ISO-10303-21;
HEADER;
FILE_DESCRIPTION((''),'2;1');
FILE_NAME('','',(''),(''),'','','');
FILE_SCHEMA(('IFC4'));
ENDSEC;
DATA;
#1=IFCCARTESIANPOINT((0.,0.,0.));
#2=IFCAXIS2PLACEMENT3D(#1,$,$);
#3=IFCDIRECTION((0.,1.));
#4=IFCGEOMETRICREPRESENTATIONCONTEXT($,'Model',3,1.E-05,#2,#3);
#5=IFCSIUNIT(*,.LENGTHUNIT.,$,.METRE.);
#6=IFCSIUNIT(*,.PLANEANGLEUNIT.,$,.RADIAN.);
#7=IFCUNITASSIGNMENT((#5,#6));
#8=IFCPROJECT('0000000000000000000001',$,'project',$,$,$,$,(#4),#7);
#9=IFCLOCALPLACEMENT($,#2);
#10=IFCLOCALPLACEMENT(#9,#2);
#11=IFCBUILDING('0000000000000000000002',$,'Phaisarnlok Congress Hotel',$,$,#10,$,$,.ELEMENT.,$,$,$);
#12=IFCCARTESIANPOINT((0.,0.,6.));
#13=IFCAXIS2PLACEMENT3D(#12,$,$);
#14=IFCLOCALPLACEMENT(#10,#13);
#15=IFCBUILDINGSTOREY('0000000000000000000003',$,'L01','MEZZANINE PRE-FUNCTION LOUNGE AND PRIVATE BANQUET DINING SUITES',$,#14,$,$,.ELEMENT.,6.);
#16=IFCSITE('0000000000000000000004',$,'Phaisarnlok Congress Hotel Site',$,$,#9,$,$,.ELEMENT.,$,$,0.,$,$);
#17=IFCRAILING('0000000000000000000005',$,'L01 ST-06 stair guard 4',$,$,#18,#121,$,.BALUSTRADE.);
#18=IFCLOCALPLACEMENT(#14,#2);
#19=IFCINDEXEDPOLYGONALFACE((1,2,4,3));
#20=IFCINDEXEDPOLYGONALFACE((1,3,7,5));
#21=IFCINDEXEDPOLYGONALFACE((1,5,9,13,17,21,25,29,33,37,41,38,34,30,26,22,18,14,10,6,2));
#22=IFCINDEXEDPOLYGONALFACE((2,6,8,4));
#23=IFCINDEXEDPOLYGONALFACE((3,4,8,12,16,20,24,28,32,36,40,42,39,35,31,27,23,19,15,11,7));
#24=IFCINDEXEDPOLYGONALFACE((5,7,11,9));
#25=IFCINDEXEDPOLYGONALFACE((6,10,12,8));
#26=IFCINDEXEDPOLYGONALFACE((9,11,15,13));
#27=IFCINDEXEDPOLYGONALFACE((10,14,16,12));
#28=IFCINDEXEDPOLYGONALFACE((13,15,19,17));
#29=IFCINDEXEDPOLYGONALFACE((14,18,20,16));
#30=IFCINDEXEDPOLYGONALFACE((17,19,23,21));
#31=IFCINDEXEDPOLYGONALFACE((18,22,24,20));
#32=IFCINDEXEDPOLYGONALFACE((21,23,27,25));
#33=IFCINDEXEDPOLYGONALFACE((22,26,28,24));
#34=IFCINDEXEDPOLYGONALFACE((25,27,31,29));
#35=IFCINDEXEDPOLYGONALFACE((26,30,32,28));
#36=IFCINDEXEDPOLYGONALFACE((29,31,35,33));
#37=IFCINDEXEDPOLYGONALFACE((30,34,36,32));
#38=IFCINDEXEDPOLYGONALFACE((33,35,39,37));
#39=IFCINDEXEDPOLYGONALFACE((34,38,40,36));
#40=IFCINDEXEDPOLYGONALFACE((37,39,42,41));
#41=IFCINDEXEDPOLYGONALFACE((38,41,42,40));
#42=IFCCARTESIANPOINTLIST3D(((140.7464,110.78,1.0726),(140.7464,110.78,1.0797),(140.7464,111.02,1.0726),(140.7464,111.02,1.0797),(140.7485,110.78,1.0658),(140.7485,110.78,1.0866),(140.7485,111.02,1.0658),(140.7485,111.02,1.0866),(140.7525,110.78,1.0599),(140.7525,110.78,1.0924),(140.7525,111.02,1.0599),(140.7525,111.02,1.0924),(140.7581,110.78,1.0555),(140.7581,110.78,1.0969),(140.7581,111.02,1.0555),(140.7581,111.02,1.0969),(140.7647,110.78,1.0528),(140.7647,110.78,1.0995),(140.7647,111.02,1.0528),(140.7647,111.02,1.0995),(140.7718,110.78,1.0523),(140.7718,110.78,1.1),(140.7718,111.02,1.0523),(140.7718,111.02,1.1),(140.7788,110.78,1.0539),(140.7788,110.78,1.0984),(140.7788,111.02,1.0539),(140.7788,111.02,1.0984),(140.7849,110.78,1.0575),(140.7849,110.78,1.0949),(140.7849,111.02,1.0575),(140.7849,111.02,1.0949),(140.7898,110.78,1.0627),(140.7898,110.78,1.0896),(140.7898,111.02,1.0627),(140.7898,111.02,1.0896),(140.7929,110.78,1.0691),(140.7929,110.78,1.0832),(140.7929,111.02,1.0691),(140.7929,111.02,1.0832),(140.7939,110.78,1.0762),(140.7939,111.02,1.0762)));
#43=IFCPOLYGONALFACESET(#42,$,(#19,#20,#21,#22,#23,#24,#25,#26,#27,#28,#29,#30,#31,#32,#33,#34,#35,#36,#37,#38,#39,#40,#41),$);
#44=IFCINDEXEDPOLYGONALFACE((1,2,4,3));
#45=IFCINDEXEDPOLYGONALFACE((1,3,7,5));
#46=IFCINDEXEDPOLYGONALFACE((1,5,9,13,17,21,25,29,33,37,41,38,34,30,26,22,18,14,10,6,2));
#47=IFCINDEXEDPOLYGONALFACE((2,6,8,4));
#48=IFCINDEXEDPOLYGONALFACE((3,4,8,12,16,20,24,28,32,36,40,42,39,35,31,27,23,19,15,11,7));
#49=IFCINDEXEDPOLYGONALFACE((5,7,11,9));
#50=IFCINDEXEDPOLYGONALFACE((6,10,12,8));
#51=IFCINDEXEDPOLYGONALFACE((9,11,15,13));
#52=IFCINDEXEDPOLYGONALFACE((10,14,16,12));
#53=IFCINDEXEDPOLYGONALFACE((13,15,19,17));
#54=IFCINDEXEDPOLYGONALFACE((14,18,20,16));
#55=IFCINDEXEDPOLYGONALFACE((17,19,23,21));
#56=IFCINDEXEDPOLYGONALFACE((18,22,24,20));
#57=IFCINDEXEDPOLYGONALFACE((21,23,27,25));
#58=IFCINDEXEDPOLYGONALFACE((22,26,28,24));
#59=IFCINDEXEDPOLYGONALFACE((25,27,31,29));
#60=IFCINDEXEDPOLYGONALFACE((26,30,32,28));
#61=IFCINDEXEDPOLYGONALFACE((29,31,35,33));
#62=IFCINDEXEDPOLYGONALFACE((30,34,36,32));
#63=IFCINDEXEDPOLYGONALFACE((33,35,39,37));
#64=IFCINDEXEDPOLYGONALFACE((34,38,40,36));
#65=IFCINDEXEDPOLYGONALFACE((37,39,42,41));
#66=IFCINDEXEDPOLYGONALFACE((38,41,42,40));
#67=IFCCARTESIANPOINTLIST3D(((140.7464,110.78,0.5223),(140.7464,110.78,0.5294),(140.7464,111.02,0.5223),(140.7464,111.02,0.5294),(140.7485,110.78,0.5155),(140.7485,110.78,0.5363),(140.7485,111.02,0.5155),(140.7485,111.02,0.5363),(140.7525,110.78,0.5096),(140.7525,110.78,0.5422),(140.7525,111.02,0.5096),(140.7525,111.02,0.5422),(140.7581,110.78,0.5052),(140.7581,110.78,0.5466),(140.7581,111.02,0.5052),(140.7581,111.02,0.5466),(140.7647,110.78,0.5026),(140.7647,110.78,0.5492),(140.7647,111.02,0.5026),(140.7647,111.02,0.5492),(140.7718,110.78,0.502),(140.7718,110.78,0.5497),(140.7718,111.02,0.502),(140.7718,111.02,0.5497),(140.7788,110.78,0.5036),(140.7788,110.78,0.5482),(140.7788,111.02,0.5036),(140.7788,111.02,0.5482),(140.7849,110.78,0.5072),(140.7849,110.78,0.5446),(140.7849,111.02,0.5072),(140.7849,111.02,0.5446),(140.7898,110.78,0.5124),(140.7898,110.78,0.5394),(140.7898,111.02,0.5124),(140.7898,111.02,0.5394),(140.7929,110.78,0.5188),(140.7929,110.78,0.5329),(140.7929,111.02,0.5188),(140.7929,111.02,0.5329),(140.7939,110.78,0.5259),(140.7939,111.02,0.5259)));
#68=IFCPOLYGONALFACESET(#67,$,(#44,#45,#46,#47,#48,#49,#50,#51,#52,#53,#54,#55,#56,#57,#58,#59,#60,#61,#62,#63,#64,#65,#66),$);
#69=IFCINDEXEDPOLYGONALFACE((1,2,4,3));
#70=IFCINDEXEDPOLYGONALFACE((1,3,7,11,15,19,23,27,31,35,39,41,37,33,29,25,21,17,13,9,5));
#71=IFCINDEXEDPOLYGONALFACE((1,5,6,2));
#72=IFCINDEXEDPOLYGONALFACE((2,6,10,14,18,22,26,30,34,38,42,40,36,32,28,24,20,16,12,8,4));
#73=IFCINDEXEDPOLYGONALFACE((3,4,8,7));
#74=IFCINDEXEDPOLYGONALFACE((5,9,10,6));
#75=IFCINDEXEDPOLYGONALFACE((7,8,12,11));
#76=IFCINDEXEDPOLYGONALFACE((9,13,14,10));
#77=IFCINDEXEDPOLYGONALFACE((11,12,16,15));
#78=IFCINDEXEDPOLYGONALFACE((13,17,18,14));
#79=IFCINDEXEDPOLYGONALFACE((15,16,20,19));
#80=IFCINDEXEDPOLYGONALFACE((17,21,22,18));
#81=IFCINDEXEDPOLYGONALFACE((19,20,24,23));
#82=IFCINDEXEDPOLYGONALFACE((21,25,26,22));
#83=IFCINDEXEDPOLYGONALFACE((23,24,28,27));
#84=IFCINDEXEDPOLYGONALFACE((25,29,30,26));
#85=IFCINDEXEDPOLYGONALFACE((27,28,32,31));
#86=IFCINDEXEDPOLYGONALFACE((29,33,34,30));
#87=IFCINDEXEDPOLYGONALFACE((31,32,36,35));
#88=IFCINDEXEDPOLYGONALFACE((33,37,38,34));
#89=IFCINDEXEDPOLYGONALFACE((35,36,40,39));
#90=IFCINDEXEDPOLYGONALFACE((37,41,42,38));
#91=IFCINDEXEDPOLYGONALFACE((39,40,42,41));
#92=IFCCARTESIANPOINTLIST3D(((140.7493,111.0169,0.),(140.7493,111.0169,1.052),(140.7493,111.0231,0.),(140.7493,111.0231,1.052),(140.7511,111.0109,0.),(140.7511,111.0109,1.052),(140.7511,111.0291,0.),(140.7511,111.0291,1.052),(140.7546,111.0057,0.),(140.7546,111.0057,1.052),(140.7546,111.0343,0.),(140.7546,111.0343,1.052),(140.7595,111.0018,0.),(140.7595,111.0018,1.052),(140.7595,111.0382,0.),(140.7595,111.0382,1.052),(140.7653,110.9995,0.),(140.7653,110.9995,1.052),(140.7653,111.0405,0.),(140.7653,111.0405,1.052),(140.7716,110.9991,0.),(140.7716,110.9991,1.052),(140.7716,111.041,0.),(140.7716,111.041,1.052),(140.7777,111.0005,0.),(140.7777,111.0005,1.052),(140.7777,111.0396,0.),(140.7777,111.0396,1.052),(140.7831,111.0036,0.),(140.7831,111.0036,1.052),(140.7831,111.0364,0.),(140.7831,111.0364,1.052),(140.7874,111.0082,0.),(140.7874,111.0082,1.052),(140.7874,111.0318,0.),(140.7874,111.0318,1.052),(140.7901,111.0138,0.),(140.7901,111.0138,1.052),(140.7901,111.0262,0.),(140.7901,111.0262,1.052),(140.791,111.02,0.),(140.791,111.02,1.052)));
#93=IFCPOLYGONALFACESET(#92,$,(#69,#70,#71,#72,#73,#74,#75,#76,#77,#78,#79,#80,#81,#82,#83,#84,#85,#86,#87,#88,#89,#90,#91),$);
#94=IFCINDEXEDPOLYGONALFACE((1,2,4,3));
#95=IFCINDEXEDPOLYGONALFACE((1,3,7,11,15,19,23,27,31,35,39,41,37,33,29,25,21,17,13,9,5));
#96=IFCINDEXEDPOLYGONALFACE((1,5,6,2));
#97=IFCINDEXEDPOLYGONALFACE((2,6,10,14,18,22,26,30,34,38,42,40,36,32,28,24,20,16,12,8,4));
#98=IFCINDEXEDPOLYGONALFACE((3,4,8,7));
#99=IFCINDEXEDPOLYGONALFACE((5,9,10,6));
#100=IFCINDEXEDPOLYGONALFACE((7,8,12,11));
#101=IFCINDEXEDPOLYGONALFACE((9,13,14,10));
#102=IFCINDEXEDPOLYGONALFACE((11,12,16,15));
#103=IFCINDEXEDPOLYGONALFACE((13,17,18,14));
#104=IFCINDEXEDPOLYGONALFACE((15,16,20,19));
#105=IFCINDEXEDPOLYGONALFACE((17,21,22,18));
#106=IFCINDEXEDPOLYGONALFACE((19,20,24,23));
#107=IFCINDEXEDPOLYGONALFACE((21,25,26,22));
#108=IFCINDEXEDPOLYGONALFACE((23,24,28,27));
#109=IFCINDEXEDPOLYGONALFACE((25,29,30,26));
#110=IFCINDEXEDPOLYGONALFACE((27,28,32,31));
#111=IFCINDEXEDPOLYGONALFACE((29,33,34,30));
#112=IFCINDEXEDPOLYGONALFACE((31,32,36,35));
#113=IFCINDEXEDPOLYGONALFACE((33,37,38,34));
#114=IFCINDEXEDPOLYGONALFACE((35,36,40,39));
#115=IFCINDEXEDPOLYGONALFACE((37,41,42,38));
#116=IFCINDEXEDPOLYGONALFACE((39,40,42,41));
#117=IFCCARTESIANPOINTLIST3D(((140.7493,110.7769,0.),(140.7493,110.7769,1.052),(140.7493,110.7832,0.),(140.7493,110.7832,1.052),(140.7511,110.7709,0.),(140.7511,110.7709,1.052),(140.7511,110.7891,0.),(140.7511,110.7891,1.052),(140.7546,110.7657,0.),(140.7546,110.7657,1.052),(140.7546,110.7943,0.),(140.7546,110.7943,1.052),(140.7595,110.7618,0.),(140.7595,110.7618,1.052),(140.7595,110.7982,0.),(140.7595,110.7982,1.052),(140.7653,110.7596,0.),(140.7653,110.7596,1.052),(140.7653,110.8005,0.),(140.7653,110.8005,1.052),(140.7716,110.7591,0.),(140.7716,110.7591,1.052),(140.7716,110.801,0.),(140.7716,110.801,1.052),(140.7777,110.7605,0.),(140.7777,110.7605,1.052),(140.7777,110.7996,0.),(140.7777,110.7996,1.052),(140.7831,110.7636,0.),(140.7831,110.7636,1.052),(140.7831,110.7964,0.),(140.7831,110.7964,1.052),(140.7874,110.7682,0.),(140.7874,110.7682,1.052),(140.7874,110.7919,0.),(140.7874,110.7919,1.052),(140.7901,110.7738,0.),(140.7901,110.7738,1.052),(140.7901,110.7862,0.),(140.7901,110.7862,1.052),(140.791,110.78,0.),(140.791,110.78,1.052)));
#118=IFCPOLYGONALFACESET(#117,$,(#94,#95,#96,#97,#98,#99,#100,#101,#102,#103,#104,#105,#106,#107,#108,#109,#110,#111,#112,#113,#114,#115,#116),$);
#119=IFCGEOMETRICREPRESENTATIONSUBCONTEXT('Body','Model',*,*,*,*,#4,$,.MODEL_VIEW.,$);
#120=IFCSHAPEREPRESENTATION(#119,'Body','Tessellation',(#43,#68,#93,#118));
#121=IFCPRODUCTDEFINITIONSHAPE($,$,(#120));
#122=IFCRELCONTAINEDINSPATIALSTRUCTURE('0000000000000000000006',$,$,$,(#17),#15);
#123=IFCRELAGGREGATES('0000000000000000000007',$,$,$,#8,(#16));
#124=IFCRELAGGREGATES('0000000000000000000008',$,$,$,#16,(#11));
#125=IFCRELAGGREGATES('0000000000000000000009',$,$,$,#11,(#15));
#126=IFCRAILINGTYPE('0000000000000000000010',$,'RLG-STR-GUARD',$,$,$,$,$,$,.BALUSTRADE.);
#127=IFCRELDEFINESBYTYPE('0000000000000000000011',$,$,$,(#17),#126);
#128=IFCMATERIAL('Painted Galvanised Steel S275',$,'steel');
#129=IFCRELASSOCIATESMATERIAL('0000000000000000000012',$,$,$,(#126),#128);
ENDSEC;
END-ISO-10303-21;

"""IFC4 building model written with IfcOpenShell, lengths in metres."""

from ifc_helpers import new_model, si_unit, direction, frame, origin, origin_2d, place, context, subcontext, project, spatial, circle, extrude, material, type_object, element, save


model = new_model("IFC4")

# Units and contexts
model_context = context("Model", 3, precision=1e-05, world=origin(), true_north=direction((0.0, 1.0)))
body_context = subcontext(model_context, "Body", "Model", "MODEL_VIEW")
ifc_project = project(units=[si_unit("LENGTHUNIT", "METRE"), si_unit("PLANEANGLEUNIT", "RADIAN")], contexts=[model_context])

# Site, building, storey
site_placement = place(None, origin())
site = spatial("IfcSite", under=ifc_project, at=site_placement, Name="Phaisarnlok Congress Hotel Site", CompositionType="ELEMENT", RefElevation=0.0)
building_placement = place(site_placement, origin())
building = spatial("IfcBuilding", under=site, at=building_placement, Name="Phaisarnlok Congress Hotel", CompositionType="ELEMENT")
storey_placement = place(building_placement, frame((0.0, 0.0, 6.0)))
storey = spatial("IfcBuildingStorey", under=building, at=storey_placement, Name="L01", Description="MEZZANINE PRE-FUNCTION LOUNGE AND PRIVATE BANQUET DINING SUITES", CompositionType="ELEMENT", Elevation=6.0)

# Railing
ifc_material_1 = material(Name="Painted Galvanised Steel S275", Category="steel")
railing_type_1 = type_object("IfcRailingType", Name="RLG-STR-GUARD", PredefinedType="BALUSTRADE", material=ifc_material_1)
railing_1_placement = place(storey_placement, frame((140.77, 111.02, 0.0)))
element("IfcRailing", 1, at=railing_1_placement, inside=storey, type_object=railing_type_1, Name="L01 ST-06 stair guard 4", PredefinedType="BALUSTRADE", context=body_context, shape_type="SweptSolid", body=[
    extrude(circle(Radius=0.0239, at=origin_2d()), frame((0.0, 0.0, 1.0762), z_axis=(0.0, -1.0, 0.0), x_axis=(1.0, 0.0, 0.0)), (0.0, 0.0, 1.0), 0.24),
    extrude(circle(Radius=0.0239, at=origin_2d()), frame((0.0, 0.0, 0.5259), z_axis=(0.0, -1.0, 0.0), x_axis=(1.0, 0.0, 0.0)), (0.0, 0.0, 1.0), 0.24),
    extrude(circle(Radius=0.021, at=origin_2d()), origin(), (0.0, 0.0, 1.0), 1.052),
    extrude(circle(Radius=0.021, at=origin_2d()), frame((0.0, -0.24, 0.0)), (0.0, 0.0, 1.0), 1.052),
])

save(model, "model.ifc")
